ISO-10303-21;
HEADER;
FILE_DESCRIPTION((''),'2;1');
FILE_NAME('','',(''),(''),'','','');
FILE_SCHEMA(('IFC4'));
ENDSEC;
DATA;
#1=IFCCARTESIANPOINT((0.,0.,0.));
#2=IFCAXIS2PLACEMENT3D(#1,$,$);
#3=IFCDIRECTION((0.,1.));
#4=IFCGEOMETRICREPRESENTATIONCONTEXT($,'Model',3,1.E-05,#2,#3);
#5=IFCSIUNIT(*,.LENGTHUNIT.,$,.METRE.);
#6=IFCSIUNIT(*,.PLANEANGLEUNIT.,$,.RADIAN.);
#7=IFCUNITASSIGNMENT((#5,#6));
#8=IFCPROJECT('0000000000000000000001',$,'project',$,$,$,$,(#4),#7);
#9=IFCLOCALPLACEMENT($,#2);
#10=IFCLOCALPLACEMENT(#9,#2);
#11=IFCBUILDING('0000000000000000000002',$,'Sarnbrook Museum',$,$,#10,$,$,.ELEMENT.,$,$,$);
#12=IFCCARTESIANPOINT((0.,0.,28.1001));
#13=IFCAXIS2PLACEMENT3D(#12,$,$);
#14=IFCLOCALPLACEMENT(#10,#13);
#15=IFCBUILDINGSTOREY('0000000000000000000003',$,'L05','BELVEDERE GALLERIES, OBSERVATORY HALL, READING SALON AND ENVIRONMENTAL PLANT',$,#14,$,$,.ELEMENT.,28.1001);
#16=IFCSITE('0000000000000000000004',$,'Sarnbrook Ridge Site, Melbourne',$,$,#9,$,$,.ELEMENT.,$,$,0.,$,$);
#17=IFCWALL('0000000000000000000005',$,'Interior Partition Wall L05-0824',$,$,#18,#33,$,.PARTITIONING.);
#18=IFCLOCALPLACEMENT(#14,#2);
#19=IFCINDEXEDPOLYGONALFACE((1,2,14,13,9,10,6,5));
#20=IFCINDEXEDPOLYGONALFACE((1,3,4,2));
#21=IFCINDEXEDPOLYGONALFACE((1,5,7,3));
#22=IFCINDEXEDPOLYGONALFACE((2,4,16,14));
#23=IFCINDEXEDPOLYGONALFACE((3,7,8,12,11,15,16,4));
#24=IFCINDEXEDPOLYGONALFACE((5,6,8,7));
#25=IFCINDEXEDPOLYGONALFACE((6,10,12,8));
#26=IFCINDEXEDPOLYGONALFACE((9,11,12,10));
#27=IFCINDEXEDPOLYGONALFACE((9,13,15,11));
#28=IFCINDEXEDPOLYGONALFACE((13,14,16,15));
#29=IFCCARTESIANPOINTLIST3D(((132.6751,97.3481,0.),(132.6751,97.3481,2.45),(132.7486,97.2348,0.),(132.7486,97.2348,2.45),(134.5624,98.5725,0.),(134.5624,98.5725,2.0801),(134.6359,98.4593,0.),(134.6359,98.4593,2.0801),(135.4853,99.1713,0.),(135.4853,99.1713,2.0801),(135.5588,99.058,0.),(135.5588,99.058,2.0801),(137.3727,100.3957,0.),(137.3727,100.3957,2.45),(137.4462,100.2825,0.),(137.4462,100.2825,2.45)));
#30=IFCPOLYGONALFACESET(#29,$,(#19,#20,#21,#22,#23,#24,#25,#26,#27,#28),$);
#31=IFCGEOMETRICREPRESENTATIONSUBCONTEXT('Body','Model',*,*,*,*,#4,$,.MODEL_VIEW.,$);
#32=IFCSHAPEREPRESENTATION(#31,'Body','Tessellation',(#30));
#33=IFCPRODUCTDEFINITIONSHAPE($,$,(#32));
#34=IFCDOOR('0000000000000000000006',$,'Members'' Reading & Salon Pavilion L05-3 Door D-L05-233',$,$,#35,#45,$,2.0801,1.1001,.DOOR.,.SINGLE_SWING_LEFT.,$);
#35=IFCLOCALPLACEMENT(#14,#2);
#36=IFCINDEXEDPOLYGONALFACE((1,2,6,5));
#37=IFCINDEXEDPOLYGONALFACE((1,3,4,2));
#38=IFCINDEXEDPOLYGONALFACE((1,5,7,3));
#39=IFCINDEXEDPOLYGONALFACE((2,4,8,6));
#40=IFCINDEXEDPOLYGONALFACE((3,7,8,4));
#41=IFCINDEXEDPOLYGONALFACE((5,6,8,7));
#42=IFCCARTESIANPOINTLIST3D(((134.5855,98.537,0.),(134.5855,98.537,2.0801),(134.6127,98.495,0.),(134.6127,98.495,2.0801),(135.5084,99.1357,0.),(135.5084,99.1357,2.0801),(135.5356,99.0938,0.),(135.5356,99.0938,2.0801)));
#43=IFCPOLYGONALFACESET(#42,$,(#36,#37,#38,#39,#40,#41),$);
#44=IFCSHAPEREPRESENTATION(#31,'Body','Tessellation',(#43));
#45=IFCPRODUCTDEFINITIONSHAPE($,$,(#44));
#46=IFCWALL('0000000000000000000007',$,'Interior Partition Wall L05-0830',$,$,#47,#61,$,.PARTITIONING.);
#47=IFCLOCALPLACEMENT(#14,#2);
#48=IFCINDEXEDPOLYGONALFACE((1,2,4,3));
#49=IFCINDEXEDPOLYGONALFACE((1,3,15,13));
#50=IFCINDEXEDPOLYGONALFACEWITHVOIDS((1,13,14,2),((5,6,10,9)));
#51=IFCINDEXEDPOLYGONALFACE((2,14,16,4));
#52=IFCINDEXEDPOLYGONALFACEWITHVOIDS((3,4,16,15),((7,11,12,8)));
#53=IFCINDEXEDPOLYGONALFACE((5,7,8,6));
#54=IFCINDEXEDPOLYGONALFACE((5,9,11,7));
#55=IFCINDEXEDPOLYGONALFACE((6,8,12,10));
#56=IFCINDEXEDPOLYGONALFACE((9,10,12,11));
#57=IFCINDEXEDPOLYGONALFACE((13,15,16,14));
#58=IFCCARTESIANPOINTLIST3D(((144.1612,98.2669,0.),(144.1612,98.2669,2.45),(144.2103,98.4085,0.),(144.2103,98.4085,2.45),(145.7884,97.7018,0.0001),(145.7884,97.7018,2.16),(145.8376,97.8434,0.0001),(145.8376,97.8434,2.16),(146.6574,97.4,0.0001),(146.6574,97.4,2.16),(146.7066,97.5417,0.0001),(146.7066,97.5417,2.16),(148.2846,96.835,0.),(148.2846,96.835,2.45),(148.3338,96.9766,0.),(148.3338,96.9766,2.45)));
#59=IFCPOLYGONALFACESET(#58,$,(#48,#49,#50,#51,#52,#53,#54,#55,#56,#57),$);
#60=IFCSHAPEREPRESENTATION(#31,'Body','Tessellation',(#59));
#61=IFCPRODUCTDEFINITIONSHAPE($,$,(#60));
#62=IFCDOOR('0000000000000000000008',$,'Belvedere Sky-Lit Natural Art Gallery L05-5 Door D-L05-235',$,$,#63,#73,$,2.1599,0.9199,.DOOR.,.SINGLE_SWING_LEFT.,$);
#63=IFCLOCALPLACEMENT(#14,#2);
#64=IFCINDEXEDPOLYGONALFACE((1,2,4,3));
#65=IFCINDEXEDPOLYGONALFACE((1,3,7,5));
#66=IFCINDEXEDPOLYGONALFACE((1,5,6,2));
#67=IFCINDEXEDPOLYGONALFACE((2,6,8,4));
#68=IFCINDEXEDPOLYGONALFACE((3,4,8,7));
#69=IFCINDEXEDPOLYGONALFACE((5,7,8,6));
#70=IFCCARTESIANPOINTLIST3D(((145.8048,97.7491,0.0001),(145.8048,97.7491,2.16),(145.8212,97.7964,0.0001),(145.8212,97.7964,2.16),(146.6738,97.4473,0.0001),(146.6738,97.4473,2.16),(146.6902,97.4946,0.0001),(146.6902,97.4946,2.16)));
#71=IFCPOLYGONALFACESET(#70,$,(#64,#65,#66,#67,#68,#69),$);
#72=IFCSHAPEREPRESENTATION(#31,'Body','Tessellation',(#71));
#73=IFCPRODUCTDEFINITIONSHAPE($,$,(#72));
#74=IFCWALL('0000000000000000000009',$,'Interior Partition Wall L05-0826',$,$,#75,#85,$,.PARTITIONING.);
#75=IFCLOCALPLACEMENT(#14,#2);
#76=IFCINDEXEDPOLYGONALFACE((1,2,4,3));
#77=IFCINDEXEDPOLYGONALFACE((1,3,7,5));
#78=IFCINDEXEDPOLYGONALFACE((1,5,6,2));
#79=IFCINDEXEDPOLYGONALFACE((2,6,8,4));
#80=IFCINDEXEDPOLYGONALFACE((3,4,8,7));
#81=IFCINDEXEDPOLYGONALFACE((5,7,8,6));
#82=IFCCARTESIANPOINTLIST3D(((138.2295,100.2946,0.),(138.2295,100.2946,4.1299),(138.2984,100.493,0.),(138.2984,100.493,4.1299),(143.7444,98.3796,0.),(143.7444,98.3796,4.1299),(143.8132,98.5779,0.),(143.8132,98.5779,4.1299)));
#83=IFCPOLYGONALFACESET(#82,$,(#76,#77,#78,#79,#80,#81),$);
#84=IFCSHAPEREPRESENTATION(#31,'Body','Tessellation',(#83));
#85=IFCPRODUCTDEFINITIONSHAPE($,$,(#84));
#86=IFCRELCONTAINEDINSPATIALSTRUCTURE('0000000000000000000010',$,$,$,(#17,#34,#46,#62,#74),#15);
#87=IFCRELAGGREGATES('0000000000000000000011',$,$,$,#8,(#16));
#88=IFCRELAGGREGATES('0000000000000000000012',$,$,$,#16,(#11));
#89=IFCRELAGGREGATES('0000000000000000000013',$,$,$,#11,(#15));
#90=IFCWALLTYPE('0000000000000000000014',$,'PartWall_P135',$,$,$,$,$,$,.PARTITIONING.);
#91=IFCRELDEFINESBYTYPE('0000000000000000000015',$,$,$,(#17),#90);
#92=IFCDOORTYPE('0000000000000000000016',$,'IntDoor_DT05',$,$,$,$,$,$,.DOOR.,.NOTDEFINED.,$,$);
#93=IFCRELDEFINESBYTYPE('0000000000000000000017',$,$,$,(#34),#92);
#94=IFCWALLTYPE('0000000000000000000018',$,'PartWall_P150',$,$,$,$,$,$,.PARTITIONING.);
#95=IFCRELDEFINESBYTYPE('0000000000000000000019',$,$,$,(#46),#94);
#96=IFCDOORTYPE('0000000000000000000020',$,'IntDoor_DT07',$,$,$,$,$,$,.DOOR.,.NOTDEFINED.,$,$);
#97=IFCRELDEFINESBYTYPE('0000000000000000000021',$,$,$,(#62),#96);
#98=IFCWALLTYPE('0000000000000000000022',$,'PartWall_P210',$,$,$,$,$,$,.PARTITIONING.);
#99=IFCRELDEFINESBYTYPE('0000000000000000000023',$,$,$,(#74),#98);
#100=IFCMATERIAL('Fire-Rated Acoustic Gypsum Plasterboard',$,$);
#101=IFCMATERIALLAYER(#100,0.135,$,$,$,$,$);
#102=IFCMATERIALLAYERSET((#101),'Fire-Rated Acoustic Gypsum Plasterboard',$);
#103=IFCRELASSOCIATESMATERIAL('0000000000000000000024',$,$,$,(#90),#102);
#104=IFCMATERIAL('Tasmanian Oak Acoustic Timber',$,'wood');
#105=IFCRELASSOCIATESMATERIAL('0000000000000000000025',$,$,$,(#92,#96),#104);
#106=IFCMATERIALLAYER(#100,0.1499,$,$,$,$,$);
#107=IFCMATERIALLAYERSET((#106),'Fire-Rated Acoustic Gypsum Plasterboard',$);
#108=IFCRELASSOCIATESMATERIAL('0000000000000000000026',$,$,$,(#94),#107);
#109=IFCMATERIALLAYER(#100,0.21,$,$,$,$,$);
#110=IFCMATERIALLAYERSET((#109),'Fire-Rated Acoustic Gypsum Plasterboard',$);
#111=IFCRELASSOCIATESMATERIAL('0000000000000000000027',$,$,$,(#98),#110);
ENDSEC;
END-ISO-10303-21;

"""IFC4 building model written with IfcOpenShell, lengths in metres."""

from ifc_helpers import new_model, si_unit, direction, frame, frame_2d, origin, place, context, subcontext, project, spatial, rectangle, extrude, material, layer, layer_set, type_object, element, fill, save


model = new_model("IFC4")

# Units and contexts
model_context = context("Model", 3, precision=1e-05, world=origin(), true_north=direction((0.0, 1.0)))
body_context = subcontext(model_context, "Body", "Model", "MODEL_VIEW")
ifc_project = project(units=[si_unit("LENGTHUNIT", "METRE"), si_unit("PLANEANGLEUNIT", "RADIAN")], contexts=[model_context])

# Site, building, storey
site_placement = place(None, origin())
site = spatial("IfcSite", under=ifc_project, at=site_placement, Name="Sarnbrook Ridge Site, Melbourne", CompositionType="ELEMENT", RefElevation=0.0)
building_placement = place(site_placement, origin())
building = spatial("IfcBuilding", under=site, at=building_placement, Name="Sarnbrook Museum", CompositionType="ELEMENT")
storey_placement = place(building_placement, frame((0.0, 0.0, 28.1001)))
storey = spatial("IfcBuildingStorey", under=building, at=storey_placement, Name="L05", Description="BELVEDERE GALLERIES, OBSERVATORY HALL, READING SALON AND ENVIRONMENTAL PLANT", CompositionType="ELEMENT", Elevation=28.1001)

# Walls, openings, doors
ifc_material_1 = material(Name="Fire-Rated Acoustic Gypsum Plasterboard")
ifc_layer_1 = layer(ifc_material_1, 0.135)
ifc_layer_set_1 = layer_set([ifc_layer_1], Name="Fire-Rated Acoustic Gypsum Plasterboard")
wall_type_1 = type_object("IfcWallType", Name="PartWall_P135", PredefinedType="PARTITIONING", material=ifc_layer_set_1)
wall_1_placement = place(storey_placement, frame((137.4094, 100.3391, 0.0), z_axis=(0.0, 0.0, 1.0), x_axis=(-0.838914, -0.544263, 0.0)))
wall_1 = element("IfcWall", 1, at=wall_1_placement, inside=storey, type_object=wall_type_1, Name="Interior Partition Wall L05-0824", PredefinedType="PARTITIONING", context=body_context, shape_type="SweptSolid", body=[
    extrude(rectangle(XDim=5.5996, YDim=0.135, at=frame_2d((2.7998, 0.0))), origin(), (0.0, 0.0, 1.0), 2.45),
])
opening_1_placement = place(wall_1_placement, frame((2.2498, 0.0, 0.0)))
opening_1 = element("IfcOpeningElement", 2, at=opening_1_placement, cuts=wall_1, PredefinedType="OPENING", context=body_context, shape_type="SweptSolid", body=[
    extrude(rectangle(XDim=1.1001, YDim=2.0801, at=frame_2d((0.55, 1.04))), frame((0.0, 0.0776, 0.0), z_axis=(0.0, -1.0, 0.0), x_axis=(1.0, 0.0, 0.0)), (0.0, 0.0, 1.0), 0.155),
])
ifc_material_2 = material(Name="Tasmanian Oak Acoustic Timber", Category="wood")
door_type_1 = type_object("IfcDoorType", Name="IntDoor_DT05", OperationType="NOTDEFINED", PredefinedType="DOOR", material=ifc_material_2)
door_1_placement = place(opening_1_placement, origin())
door_1 = element("IfcDoor", 3, at=door_1_placement, inside=storey, type_object=door_type_1, Name="Members' Reading & Salon Pavilion L05-3 Door D-L05-233", OperationType="SINGLE_SWING_LEFT", OverallHeight=2.0801, OverallWidth=1.1001, PredefinedType="DOOR", context=body_context, shape_type="SweptSolid", body=[
    extrude(rectangle(XDim=1.1001, YDim=2.0801, at=frame_2d((0.55, 1.04))), frame((0.0, 0.0249, 0.0), z_axis=(0.0, -1.0, 0.0), x_axis=(1.0, 0.0, 0.0)), (0.0, 0.0, 1.0), 0.05),
])
fill(opening_1, door_1)
ifc_layer_2 = layer(ifc_material_1, 0.1499)
ifc_layer_set_2 = layer_set([ifc_layer_2], Name="Fire-Rated Acoustic Gypsum Plasterboard")
wall_type_2 = type_object("IfcWallType", Name="PartWall_P150", PredefinedType="PARTITIONING", material=ifc_layer_set_2)
wall_2_placement = place(storey_placement, frame((148.3093, 96.9058, 0.0), z_axis=(0.0, 0.0, 1.0), x_axis=(-0.944666, 0.328032, 0.0)))
wall_2 = element("IfcWall", 4, at=wall_2_placement, inside=storey, type_object=wall_type_2, Name="Interior Partition Wall L05-0830", PredefinedType="PARTITIONING", context=body_context, shape_type="SweptSolid", body=[
    extrude(rectangle(XDim=4.365, YDim=0.1499, at=frame_2d((2.1826, 0.0))), origin(), (0.0, 0.0, 1.0), 2.45),
])
opening_2_placement = place(wall_2_placement, frame((1.7227, 0.0, 0.0)))
opening_2 = element("IfcOpeningElement", 5, at=opening_2_placement, cuts=wall_2, PredefinedType="OPENING", context=body_context, shape_type="SweptSolid", body=[
    extrude(rectangle(XDim=0.9199, YDim=2.1599, at=frame_2d((0.46, 1.0801))), frame((0.0, 0.085, 0.0), z_axis=(0.0, -1.0, 0.0), x_axis=(1.0, 0.0, 0.0)), (0.0, 0.0, 1.0), 0.1699),
])
door_type_2 = type_object("IfcDoorType", Name="IntDoor_DT07", OperationType="NOTDEFINED", PredefinedType="DOOR", material=ifc_material_2)
door_2_placement = place(opening_2_placement, origin())
door_2 = element("IfcDoor", 6, at=door_2_placement, inside=storey, type_object=door_type_2, Name="Belvedere Sky-Lit Natural Art Gallery L05-5 Door D-L05-235", OperationType="SINGLE_SWING_LEFT", OverallHeight=2.1599, OverallWidth=0.9199, PredefinedType="DOOR", context=body_context, shape_type="SweptSolid", body=[
    extrude(rectangle(XDim=0.9199, YDim=2.1599, at=frame_2d((0.46, 1.0801))), frame((0.0, 0.0249, 0.0), z_axis=(0.0, -1.0, 0.0), x_axis=(1.0, 0.0, 0.0)), (0.0, 0.0, 1.0), 0.05),
])
fill(opening_2, door_2)

# Wall
ifc_layer_3 = layer(ifc_material_1, 0.21)
ifc_layer_set_3 = layer_set([ifc_layer_3], Name="Fire-Rated Acoustic Gypsum Plasterboard")
wall_type_3 = type_object("IfcWallType", Name="PartWall_P210", PredefinedType="PARTITIONING", material=ifc_layer_set_3)
wall_3_placement = place(storey_placement, frame((143.7788, 98.4788, 0.0), z_axis=(0.0, 0.0, 1.0), x_axis=(-0.944666, 0.328034, 0.0)))
element("IfcWall", 7, at=wall_3_placement, inside=storey, type_object=wall_type_3, Name="Interior Partition Wall L05-0826", PredefinedType="PARTITIONING", context=body_context, shape_type="SweptSolid", body=[
    extrude(rectangle(XDim=5.8379, YDim=0.21, at=frame_2d((2.9189, 0.0))), origin(), (0.0, 0.0, 1.0), 4.1299),
])

save(model, "model.ifc")
